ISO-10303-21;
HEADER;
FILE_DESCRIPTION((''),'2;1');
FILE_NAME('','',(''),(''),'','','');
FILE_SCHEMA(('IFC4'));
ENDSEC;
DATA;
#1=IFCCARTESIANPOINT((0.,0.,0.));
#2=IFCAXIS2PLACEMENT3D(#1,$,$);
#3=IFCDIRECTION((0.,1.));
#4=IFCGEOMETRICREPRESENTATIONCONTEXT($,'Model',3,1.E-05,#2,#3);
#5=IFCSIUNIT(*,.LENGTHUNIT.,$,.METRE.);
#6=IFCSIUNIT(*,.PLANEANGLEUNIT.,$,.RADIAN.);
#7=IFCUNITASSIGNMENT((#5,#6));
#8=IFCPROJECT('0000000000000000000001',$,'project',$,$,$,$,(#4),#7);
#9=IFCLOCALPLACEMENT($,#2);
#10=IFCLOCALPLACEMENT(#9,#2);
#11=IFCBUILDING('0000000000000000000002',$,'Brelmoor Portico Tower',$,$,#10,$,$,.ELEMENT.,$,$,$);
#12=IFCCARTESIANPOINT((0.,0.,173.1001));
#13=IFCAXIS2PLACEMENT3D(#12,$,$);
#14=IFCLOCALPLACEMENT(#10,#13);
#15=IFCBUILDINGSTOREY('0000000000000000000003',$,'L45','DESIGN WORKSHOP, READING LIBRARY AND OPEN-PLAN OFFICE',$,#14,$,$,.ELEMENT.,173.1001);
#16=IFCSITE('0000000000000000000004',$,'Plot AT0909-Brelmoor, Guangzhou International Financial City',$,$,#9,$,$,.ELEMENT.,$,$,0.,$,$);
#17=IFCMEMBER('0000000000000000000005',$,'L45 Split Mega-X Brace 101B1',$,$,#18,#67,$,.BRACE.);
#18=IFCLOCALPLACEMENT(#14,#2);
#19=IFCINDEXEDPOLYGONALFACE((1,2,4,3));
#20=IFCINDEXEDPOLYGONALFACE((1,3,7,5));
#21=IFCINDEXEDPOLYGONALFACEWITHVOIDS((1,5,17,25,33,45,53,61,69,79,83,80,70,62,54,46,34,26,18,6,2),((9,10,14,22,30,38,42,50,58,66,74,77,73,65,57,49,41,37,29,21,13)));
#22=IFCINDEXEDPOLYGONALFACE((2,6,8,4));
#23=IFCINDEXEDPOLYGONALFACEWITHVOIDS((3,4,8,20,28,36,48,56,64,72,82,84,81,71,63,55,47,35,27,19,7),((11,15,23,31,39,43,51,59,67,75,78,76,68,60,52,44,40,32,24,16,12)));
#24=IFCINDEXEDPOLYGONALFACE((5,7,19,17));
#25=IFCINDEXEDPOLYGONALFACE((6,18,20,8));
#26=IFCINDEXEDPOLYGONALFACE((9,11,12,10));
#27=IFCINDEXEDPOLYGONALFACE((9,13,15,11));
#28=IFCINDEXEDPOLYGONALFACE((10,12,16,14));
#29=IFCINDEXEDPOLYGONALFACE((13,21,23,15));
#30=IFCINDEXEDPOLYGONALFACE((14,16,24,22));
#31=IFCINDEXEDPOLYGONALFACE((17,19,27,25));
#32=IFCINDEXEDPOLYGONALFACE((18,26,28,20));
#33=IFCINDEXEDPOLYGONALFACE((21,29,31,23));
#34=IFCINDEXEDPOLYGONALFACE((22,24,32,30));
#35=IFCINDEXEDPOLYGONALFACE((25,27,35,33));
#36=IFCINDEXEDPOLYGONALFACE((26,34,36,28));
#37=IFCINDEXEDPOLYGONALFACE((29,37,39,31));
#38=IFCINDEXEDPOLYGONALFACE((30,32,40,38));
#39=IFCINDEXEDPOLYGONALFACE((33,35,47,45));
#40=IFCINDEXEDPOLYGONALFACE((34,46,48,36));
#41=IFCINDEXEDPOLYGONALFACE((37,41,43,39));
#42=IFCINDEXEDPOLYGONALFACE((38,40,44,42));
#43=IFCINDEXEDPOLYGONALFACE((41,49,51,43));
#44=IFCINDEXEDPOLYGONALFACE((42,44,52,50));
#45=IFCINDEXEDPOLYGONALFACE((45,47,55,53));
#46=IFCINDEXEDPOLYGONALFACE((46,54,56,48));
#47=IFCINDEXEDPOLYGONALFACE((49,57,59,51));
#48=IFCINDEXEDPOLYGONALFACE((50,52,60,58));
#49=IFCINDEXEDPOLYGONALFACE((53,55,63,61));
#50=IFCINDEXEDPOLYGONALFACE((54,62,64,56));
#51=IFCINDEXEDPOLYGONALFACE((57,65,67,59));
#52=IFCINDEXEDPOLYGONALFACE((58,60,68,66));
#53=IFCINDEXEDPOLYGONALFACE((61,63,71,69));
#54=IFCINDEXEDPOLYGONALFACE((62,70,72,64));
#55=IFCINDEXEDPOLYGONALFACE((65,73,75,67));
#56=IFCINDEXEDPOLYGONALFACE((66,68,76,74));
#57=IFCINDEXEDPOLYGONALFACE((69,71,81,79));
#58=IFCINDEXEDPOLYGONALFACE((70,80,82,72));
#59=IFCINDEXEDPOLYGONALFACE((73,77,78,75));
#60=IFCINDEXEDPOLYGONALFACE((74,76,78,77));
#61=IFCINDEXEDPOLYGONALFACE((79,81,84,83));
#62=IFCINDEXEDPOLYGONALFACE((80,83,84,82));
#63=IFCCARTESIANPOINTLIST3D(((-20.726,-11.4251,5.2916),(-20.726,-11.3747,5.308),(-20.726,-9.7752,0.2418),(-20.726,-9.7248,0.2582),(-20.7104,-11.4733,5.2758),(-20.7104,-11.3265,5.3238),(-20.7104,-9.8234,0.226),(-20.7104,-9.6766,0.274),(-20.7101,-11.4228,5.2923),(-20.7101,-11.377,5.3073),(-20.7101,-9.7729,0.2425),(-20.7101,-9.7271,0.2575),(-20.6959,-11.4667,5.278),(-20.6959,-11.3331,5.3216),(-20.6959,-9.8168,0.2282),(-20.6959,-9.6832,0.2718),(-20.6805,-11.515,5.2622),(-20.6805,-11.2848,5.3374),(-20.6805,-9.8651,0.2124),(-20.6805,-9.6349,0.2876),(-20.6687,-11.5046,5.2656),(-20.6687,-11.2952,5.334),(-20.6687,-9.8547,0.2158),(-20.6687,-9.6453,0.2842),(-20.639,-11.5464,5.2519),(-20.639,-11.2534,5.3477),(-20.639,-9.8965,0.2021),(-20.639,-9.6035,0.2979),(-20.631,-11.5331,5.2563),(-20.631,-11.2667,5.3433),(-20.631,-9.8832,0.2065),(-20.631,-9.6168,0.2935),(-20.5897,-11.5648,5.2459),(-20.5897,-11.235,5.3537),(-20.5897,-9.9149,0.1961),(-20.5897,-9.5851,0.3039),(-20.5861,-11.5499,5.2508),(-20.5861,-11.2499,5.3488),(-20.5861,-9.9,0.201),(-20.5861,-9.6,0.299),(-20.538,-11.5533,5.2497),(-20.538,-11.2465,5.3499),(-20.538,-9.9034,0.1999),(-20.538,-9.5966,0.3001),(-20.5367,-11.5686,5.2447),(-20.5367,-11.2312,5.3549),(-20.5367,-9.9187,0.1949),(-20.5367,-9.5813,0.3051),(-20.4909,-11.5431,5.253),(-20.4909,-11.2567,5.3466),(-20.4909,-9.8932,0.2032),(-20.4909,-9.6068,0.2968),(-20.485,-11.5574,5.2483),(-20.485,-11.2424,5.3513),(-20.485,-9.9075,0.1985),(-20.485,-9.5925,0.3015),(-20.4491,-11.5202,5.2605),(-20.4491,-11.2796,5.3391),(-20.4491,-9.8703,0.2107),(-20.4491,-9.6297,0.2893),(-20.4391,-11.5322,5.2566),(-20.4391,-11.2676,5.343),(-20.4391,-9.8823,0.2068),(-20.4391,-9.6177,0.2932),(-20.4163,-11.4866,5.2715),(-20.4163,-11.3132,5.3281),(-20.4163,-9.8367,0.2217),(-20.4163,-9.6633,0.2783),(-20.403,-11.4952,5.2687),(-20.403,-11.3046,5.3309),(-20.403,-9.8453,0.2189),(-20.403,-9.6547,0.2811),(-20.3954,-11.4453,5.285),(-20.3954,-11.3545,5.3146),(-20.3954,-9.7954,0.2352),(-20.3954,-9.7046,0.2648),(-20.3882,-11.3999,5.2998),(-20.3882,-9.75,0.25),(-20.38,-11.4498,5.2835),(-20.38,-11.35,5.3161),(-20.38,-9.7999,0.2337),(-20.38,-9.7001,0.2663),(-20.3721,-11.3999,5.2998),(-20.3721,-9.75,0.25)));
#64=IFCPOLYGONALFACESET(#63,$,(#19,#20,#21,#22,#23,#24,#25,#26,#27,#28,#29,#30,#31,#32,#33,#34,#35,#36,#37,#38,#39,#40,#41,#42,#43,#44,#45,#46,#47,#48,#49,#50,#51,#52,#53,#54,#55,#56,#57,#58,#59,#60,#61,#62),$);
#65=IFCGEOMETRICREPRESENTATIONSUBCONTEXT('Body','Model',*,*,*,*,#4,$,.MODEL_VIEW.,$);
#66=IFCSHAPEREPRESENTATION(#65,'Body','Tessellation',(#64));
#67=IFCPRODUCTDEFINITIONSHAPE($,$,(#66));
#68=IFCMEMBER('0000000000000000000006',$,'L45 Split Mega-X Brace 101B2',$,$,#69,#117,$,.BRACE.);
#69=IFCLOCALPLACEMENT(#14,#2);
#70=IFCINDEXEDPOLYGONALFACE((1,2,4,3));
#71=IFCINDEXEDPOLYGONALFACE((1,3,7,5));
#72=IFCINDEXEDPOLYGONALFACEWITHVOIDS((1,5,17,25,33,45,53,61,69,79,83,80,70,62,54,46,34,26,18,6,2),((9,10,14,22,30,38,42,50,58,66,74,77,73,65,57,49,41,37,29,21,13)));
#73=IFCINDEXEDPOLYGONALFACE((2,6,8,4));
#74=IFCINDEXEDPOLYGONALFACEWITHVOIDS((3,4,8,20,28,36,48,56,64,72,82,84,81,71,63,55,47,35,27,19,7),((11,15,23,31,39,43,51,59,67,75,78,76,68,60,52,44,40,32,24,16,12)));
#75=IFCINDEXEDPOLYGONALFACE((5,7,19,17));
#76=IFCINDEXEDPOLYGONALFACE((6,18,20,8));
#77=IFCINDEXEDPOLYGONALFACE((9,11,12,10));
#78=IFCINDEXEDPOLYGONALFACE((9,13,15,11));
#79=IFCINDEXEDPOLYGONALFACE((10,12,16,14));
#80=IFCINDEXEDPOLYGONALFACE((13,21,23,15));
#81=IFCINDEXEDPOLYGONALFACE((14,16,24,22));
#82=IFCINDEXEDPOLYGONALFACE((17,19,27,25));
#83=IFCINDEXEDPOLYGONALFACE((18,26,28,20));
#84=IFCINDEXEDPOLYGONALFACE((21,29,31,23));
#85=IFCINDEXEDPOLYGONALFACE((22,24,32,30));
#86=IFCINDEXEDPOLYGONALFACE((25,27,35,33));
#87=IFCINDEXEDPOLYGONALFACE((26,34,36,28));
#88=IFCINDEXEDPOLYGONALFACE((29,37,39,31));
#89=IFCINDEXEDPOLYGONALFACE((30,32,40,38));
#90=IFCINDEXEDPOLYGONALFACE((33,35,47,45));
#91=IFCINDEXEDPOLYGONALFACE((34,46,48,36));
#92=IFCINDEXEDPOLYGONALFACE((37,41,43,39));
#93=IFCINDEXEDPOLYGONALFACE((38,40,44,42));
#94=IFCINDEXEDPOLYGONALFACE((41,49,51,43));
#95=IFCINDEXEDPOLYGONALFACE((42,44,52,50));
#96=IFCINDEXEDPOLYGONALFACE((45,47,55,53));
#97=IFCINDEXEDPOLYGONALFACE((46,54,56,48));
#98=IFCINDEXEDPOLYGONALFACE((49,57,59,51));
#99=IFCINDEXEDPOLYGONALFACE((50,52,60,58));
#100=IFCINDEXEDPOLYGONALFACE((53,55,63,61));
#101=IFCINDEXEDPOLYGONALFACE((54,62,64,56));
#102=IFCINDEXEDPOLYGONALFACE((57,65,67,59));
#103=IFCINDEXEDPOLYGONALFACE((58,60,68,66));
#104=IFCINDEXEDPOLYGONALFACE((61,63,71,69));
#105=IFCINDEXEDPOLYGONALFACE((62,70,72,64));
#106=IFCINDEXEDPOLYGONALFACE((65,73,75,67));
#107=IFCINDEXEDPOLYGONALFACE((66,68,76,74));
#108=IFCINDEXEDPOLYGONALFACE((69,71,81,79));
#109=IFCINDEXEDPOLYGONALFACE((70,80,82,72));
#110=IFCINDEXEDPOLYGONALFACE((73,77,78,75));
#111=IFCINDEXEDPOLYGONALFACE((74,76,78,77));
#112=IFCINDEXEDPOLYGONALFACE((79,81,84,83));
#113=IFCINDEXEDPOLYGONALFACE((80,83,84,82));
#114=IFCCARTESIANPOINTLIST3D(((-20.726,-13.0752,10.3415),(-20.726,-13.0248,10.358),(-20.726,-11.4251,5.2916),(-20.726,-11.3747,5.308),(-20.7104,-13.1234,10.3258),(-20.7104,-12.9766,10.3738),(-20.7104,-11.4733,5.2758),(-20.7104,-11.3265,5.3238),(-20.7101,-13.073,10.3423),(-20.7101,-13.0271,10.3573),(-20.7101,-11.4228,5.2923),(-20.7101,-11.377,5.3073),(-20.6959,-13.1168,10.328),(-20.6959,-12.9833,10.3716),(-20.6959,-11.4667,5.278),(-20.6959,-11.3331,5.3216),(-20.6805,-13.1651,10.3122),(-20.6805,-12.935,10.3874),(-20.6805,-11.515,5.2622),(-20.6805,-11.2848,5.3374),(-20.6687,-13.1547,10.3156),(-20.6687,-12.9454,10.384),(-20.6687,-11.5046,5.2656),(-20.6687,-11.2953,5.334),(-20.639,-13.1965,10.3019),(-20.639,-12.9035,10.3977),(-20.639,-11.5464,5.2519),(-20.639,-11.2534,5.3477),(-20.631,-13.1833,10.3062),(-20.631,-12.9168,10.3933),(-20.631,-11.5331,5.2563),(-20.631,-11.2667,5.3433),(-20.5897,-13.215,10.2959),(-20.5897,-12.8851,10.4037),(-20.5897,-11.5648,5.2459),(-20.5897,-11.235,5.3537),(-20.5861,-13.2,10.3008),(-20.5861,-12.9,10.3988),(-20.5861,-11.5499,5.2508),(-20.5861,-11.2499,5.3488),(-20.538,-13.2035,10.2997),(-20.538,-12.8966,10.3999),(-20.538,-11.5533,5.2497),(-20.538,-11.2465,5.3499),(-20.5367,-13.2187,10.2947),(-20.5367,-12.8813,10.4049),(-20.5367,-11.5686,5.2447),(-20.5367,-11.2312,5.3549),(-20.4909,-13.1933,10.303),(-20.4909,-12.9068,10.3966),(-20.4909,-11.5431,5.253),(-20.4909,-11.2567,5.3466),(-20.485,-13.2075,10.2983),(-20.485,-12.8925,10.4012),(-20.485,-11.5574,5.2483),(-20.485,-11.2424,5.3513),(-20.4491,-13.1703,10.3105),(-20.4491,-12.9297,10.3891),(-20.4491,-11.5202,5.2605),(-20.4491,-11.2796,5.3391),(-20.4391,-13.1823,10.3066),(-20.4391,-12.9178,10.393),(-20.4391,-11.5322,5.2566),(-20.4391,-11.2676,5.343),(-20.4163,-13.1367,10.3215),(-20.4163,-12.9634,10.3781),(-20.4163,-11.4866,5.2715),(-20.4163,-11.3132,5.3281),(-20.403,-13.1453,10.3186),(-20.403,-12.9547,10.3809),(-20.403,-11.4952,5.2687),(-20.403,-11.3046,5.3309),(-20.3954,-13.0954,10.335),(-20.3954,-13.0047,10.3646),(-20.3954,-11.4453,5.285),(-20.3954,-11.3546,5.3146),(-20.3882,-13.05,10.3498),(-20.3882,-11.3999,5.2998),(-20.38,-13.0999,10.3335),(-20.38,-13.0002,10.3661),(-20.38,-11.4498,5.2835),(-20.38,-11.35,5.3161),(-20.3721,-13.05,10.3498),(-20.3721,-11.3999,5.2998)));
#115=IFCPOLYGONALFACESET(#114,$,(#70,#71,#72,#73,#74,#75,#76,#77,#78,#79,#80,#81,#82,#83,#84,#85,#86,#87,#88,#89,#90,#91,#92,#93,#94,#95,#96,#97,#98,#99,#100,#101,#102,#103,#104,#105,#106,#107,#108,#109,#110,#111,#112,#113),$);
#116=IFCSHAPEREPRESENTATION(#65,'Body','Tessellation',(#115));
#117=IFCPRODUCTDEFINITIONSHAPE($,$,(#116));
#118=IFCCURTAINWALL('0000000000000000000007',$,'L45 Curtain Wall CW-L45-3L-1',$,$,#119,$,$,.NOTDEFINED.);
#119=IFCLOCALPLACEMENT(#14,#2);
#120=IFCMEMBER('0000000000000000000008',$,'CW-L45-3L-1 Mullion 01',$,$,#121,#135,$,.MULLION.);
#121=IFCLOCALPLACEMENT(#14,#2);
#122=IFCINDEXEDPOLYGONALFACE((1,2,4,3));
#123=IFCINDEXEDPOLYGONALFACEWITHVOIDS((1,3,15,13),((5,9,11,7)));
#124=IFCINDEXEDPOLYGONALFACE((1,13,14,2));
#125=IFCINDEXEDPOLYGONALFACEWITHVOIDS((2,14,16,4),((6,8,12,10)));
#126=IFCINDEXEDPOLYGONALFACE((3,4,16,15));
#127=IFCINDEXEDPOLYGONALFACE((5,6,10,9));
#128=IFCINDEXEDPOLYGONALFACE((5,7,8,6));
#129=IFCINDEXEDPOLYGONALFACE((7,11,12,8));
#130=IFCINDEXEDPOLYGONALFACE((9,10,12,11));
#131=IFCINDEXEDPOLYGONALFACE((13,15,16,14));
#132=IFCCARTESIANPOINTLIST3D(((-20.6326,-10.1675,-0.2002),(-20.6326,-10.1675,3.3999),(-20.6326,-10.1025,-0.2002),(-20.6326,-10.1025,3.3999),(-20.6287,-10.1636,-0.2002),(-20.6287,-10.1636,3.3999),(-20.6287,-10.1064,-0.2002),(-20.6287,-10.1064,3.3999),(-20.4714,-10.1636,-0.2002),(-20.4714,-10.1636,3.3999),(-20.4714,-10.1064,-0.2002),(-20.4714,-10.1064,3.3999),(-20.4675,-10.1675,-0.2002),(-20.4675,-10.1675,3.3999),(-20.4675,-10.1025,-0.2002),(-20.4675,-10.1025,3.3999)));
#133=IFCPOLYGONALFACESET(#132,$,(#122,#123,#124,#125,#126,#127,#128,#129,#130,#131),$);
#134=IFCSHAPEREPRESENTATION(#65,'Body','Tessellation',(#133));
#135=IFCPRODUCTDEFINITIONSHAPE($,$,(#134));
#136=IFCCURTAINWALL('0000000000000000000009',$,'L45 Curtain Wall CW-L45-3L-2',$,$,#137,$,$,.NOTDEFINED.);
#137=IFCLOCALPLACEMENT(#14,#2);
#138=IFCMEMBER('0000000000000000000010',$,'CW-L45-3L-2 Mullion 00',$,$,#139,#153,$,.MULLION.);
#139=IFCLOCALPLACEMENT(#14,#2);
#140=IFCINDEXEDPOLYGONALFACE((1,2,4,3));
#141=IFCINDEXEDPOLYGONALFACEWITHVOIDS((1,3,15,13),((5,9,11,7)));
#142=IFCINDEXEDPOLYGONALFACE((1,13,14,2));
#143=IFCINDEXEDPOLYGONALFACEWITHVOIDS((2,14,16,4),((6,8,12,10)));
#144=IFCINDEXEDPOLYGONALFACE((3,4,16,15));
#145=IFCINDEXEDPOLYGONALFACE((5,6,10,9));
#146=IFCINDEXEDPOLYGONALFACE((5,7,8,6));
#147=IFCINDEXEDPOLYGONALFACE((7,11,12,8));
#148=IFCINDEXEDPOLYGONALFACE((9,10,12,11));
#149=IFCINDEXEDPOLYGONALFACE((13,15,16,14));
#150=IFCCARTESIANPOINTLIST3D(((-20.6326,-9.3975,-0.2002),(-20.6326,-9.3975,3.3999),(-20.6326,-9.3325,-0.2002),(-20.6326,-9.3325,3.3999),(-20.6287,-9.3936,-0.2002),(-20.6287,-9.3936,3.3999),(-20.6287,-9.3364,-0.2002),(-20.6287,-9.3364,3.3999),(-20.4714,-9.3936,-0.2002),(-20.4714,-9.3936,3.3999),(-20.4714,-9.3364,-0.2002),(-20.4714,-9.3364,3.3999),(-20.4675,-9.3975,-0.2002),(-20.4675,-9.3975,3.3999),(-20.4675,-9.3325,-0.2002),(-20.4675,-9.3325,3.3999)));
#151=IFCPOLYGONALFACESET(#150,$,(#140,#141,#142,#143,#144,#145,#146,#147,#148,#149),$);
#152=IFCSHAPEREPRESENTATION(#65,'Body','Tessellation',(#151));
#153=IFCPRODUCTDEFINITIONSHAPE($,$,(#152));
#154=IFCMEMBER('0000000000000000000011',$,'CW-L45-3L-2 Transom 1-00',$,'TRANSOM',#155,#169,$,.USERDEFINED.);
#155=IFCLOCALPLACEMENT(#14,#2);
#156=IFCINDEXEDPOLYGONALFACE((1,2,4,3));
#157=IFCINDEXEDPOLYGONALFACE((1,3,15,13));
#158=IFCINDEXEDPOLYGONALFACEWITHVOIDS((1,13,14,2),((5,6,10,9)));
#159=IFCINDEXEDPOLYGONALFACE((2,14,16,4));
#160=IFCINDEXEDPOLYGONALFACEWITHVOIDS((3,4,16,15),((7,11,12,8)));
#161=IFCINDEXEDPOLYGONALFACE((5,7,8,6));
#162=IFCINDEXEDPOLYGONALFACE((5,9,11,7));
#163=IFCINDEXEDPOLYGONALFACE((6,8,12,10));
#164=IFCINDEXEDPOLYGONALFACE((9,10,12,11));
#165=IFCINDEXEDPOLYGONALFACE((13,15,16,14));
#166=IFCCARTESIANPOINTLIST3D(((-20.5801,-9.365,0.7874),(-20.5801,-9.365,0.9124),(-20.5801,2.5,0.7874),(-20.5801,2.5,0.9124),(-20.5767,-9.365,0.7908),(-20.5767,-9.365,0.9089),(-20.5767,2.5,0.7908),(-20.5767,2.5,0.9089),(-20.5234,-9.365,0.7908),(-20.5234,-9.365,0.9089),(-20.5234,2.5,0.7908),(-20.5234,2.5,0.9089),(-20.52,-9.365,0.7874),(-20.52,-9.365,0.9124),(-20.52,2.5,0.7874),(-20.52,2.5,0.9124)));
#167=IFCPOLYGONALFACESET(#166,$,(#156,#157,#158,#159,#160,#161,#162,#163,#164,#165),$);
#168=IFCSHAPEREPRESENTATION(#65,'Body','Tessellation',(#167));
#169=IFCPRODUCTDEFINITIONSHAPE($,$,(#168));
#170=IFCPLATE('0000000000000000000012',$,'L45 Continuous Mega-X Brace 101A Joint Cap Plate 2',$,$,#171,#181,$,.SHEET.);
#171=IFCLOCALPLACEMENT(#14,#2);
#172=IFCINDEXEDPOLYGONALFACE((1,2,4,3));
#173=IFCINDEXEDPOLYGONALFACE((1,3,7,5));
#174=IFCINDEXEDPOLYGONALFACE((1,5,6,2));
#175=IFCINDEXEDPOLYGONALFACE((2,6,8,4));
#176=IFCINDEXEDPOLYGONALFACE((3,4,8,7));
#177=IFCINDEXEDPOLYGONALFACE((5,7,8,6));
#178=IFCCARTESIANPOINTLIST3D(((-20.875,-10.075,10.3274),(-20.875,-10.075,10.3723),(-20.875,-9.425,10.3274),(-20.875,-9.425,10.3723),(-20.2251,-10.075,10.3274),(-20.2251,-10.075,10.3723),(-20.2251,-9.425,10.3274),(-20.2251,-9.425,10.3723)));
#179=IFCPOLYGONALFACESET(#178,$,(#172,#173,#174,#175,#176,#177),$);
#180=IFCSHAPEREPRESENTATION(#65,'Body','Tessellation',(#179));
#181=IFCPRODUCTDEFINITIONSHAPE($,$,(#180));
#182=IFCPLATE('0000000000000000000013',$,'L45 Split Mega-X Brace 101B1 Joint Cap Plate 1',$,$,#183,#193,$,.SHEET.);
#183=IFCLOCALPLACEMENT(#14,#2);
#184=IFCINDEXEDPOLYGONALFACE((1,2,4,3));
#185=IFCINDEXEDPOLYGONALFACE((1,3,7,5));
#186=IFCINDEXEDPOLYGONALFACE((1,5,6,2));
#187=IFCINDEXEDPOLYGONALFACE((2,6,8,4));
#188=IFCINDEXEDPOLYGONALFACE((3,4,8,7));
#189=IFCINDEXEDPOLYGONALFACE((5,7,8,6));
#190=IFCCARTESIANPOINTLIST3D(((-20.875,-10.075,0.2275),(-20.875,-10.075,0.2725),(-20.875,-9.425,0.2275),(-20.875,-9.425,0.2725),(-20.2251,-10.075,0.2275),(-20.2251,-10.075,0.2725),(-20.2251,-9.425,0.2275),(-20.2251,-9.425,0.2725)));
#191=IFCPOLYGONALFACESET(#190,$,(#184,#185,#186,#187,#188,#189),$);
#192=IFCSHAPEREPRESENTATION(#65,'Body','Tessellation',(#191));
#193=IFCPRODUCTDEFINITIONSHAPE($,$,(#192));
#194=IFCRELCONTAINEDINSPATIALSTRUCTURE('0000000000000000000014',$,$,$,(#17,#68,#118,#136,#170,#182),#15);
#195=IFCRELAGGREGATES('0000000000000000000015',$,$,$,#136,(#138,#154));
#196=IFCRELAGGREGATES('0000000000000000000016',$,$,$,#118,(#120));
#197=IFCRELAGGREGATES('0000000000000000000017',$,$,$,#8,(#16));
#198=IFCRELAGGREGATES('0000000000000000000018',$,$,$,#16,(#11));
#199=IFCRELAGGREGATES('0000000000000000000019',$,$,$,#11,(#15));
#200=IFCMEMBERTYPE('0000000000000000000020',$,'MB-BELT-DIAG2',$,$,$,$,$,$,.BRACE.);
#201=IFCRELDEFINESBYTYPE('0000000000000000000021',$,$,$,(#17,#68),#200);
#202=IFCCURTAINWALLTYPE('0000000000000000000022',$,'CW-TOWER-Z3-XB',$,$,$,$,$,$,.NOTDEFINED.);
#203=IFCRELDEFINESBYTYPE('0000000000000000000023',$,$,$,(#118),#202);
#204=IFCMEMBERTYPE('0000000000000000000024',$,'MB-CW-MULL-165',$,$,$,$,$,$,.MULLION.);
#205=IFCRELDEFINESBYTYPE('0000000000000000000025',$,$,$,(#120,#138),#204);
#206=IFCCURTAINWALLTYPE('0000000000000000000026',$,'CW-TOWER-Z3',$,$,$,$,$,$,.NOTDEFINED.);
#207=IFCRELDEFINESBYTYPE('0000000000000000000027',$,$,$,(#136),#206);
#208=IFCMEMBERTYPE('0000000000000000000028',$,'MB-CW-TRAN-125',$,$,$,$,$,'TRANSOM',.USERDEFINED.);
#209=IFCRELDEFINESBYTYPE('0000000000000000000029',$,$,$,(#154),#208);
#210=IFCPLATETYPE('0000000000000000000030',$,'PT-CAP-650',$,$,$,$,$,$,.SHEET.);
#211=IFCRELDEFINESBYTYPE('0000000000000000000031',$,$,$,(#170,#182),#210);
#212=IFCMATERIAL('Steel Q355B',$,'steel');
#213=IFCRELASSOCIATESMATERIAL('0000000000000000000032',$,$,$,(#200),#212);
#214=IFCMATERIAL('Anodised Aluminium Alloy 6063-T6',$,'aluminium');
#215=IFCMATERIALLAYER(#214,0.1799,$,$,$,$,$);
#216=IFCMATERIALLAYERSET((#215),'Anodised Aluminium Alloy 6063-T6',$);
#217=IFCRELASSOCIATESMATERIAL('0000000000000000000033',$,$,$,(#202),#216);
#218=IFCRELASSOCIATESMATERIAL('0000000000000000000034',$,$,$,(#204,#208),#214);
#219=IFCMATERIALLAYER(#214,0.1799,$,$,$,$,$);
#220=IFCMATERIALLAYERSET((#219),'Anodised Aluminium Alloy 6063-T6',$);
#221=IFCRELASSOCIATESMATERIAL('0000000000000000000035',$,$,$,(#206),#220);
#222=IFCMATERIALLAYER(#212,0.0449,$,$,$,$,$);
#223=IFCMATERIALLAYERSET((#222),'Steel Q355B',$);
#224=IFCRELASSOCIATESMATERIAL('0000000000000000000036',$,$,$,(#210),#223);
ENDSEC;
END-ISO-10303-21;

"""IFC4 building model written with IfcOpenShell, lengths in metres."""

from ifc_helpers import new_model, si_unit, direction, frame, origin, origin_2d, place, context, subcontext, project, spatial, rectangle, hollow_rectangle, hollow_circle, extrude, material, layer, layer_set, material_profile, profile_set, type_object, element, aggregate, save


model = new_model("IFC4")

# Units and contexts
model_context = context("Model", 3, precision=1e-05, world=origin(), true_north=direction((0.0, 1.0)))
body_context = subcontext(model_context, "Body", "Model", "MODEL_VIEW")
ifc_project = project(units=[si_unit("LENGTHUNIT", "METRE"), si_unit("PLANEANGLEUNIT", "RADIAN")], contexts=[model_context])

# Site, building, storey
site_placement = place(None, origin())
site = spatial("IfcSite", under=ifc_project, at=site_placement, Name="Plot AT0909-Brelmoor, Guangzhou International Financial City", CompositionType="ELEMENT", RefElevation=0.0)
building_placement = place(site_placement, origin())
building = spatial("IfcBuilding", under=site, at=building_placement, Name="Brelmoor Portico Tower", CompositionType="ELEMENT")
storey_placement = place(building_placement, frame((0.0, 0.0, 173.1001)))
storey = spatial("IfcBuildingStorey", under=building, at=storey_placement, Name="L45", Description="DESIGN WORKSHOP, READING LIBRARY AND OPEN-PLAN OFFICE", CompositionType="ELEMENT", Elevation=173.1001)

# Shared definitions
ifc_material_1 = material(Name="Steel Q355B", Category="steel")

# Members
ifc_material_profile_1 = material_profile(ifc_material_1, hollow_circle(Radius=0.178, WallThickness=0.0161, at=origin_2d()), Name="CHS 356x16")
ifc_profile_set_1 = profile_set([ifc_material_profile_1], Name="Steel Q355B")
member_type_1 = type_object("IfcMemberType", Name="MB-BELT-DIAG2", PredefinedType="BRACE", material=ifc_profile_set_1)
member_1_placement = place(storey_placement, frame((-20.55, -9.75, 0.25), z_axis=(0.0, -0.31057, 0.950551), x_axis=(1.0, 0.0, 0.0)))
element("IfcMember", 1, at=member_1_placement, inside=storey, type_object=member_type_1, Name="L45 Split Mega-X Brace 101B1", PredefinedType="BRACE", context=body_context, shape_type="SweptSolid", body=[
    extrude(hollow_circle(Radius=0.178, WallThickness=0.0161, at=origin_2d()), origin(), (0.0, 0.0, 1.0), 5.3125),
])
member_2_placement = place(storey_placement, frame((-20.55, -11.3999, 5.2998), z_axis=(0.0, -0.310598, 0.950542), x_axis=(1.0, 0.0, 0.0)))
element("IfcMember", 2, at=member_2_placement, inside=storey, type_object=member_type_1, Name="L45 Split Mega-X Brace 101B2", PredefinedType="BRACE", context=body_context, shape_type="SweptSolid", body=[
    extrude(hollow_circle(Radius=0.178, WallThickness=0.0161, at=origin_2d()), origin(), (0.0, 0.0, 1.0), 5.3127),
])

# Curtain wall, member
ifc_material_2 = material(Name="Anodised Aluminium Alloy 6063-T6", Category="aluminium")
ifc_layer_1 = layer(ifc_material_2, 0.1799)
ifc_layer_set_1 = layer_set([ifc_layer_1], Name="Anodised Aluminium Alloy 6063-T6")
curtain_wall_type_1 = type_object("IfcCurtainWallType", Name="CW-TOWER-Z3-XB", PredefinedType="NOTDEFINED", material=ifc_layer_set_1)
curtain_wall_1_placement = place(storey_placement, origin())
curtain_wall_1 = element("IfcCurtainWall", 3, at=curtain_wall_1_placement, inside=storey, type_object=curtain_wall_type_1, Name="L45 Curtain Wall CW-L45-3L-1", PredefinedType="NOTDEFINED")
ifc_material_profile_2 = material_profile(ifc_material_2, hollow_rectangle(XDim=0.0649, YDim=0.165, WallThickness=0.0039, at=origin_2d()), Name="ALU MULLION 65x165")
ifc_profile_set_2 = profile_set([ifc_material_profile_2], Name="Anodised Aluminium Alloy 6063-T6")
member_type_2 = type_object("IfcMemberType", Name="MB-CW-MULL-165", PredefinedType="MULLION", material=ifc_profile_set_2)
member_3_placement = place(storey_placement, frame((-20.55, -10.135, -0.2002), z_axis=(0.0, 0.0, 1.0), x_axis=(0.0, 1.0, 0.0)))
member_3 = element("IfcMember", 4, at=member_3_placement, type_object=member_type_2, Name="CW-L45-3L-1 Mullion 01", PredefinedType="MULLION", context=body_context, shape_type="SweptSolid", body=[
    extrude(hollow_rectangle(XDim=0.0649, YDim=0.165, WallThickness=0.0039, at=origin_2d()), origin(), (0.0, 0.0, 1.0), 3.6001),
])

# Curtain wall, members
ifc_layer_2 = layer(ifc_material_2, 0.1799)
ifc_layer_set_2 = layer_set([ifc_layer_2], Name="Anodised Aluminium Alloy 6063-T6")
curtain_wall_type_2 = type_object("IfcCurtainWallType", Name="CW-TOWER-Z3", PredefinedType="NOTDEFINED", material=ifc_layer_set_2)
curtain_wall_2_placement = place(storey_placement, origin())
curtain_wall_2 = element("IfcCurtainWall", 5, at=curtain_wall_2_placement, inside=storey, type_object=curtain_wall_type_2, Name="L45 Curtain Wall CW-L45-3L-2", PredefinedType="NOTDEFINED")
member_4_placement = place(storey_placement, frame((-20.55, -9.365, -0.2002), z_axis=(0.0, 0.0, 1.0), x_axis=(0.0, 1.0, 0.0)))
member_4 = element("IfcMember", 6, at=member_4_placement, type_object=member_type_2, Name="CW-L45-3L-2 Mullion 00", PredefinedType="MULLION", context=body_context, shape_type="SweptSolid", body=[
    extrude(hollow_rectangle(XDim=0.0649, YDim=0.165, WallThickness=0.0039, at=origin_2d()), origin(), (0.0, 0.0, 1.0), 3.6001),
])
ifc_material_profile_3 = material_profile(ifc_material_2, hollow_rectangle(XDim=0.0601, YDim=0.125, WallThickness=0.0034, at=origin_2d()), Name="ALU TRANSOM 60x125")
ifc_profile_set_3 = profile_set([ifc_material_profile_3], Name="Anodised Aluminium Alloy 6063-T6")
member_type_3 = type_object("IfcMemberType", Name="MB-CW-TRAN-125", ElementType="TRANSOM", PredefinedType="USERDEFINED", material=ifc_profile_set_3)
member_5_placement = place(storey_placement, frame((-20.55, -9.365, 0.8499), z_axis=(0.0, 1.0, 0.0), x_axis=(-1.0, 0.0, 0.0)))
member_5 = element("IfcMember", 7, at=member_5_placement, type_object=member_type_3, Name="CW-L45-3L-2 Transom 1-00", ObjectType="TRANSOM", PredefinedType="USERDEFINED", context=body_context, shape_type="SweptSolid", body=[
    extrude(hollow_rectangle(XDim=0.0601, YDim=0.125, WallThickness=0.0034, at=origin_2d()), origin(), (0.0, 0.0, 1.0), 11.865),
])
aggregate(curtain_wall_2, [member_4, member_5])

# Plates
ifc_layer_3 = layer(ifc_material_1, 0.0449)
ifc_layer_set_3 = layer_set([ifc_layer_3], Name="Steel Q355B")
plate_type_1 = type_object("IfcPlateType", Name="PT-CAP-650", PredefinedType="SHEET", material=ifc_layer_set_3)
for number, where, z_axis, x_axis, name in (
    (8, (-20.55, -9.75, 10.3274), (0.0, 0.0, 1.0), (1.0, 0.0, 0.0), "L45 Continuous Mega-X Brace 101A Joint Cap Plate 2"),
    (9, (-20.55, -9.75, 0.2275), (0.0, 0.0, 1.0), (1.0, 0.0, 0.0), "L45 Split Mega-X Brace 101B1 Joint Cap Plate 1"),
):
    element("IfcPlate", number, at=place(storey_placement, frame(where, z_axis=z_axis, x_axis=x_axis)), inside=storey, type_object=plate_type_1, Name=name, PredefinedType="SHEET", context=body_context, shape_type="SweptSolid", body=[
        extrude(rectangle(XDim=0.6499, YDim=0.6499, at=origin_2d()), origin(), (0.0, 0.0, 1.0), 0.0449),
    ])

aggregate(curtain_wall_1, [member_3])

save(model, "model.ifc")
